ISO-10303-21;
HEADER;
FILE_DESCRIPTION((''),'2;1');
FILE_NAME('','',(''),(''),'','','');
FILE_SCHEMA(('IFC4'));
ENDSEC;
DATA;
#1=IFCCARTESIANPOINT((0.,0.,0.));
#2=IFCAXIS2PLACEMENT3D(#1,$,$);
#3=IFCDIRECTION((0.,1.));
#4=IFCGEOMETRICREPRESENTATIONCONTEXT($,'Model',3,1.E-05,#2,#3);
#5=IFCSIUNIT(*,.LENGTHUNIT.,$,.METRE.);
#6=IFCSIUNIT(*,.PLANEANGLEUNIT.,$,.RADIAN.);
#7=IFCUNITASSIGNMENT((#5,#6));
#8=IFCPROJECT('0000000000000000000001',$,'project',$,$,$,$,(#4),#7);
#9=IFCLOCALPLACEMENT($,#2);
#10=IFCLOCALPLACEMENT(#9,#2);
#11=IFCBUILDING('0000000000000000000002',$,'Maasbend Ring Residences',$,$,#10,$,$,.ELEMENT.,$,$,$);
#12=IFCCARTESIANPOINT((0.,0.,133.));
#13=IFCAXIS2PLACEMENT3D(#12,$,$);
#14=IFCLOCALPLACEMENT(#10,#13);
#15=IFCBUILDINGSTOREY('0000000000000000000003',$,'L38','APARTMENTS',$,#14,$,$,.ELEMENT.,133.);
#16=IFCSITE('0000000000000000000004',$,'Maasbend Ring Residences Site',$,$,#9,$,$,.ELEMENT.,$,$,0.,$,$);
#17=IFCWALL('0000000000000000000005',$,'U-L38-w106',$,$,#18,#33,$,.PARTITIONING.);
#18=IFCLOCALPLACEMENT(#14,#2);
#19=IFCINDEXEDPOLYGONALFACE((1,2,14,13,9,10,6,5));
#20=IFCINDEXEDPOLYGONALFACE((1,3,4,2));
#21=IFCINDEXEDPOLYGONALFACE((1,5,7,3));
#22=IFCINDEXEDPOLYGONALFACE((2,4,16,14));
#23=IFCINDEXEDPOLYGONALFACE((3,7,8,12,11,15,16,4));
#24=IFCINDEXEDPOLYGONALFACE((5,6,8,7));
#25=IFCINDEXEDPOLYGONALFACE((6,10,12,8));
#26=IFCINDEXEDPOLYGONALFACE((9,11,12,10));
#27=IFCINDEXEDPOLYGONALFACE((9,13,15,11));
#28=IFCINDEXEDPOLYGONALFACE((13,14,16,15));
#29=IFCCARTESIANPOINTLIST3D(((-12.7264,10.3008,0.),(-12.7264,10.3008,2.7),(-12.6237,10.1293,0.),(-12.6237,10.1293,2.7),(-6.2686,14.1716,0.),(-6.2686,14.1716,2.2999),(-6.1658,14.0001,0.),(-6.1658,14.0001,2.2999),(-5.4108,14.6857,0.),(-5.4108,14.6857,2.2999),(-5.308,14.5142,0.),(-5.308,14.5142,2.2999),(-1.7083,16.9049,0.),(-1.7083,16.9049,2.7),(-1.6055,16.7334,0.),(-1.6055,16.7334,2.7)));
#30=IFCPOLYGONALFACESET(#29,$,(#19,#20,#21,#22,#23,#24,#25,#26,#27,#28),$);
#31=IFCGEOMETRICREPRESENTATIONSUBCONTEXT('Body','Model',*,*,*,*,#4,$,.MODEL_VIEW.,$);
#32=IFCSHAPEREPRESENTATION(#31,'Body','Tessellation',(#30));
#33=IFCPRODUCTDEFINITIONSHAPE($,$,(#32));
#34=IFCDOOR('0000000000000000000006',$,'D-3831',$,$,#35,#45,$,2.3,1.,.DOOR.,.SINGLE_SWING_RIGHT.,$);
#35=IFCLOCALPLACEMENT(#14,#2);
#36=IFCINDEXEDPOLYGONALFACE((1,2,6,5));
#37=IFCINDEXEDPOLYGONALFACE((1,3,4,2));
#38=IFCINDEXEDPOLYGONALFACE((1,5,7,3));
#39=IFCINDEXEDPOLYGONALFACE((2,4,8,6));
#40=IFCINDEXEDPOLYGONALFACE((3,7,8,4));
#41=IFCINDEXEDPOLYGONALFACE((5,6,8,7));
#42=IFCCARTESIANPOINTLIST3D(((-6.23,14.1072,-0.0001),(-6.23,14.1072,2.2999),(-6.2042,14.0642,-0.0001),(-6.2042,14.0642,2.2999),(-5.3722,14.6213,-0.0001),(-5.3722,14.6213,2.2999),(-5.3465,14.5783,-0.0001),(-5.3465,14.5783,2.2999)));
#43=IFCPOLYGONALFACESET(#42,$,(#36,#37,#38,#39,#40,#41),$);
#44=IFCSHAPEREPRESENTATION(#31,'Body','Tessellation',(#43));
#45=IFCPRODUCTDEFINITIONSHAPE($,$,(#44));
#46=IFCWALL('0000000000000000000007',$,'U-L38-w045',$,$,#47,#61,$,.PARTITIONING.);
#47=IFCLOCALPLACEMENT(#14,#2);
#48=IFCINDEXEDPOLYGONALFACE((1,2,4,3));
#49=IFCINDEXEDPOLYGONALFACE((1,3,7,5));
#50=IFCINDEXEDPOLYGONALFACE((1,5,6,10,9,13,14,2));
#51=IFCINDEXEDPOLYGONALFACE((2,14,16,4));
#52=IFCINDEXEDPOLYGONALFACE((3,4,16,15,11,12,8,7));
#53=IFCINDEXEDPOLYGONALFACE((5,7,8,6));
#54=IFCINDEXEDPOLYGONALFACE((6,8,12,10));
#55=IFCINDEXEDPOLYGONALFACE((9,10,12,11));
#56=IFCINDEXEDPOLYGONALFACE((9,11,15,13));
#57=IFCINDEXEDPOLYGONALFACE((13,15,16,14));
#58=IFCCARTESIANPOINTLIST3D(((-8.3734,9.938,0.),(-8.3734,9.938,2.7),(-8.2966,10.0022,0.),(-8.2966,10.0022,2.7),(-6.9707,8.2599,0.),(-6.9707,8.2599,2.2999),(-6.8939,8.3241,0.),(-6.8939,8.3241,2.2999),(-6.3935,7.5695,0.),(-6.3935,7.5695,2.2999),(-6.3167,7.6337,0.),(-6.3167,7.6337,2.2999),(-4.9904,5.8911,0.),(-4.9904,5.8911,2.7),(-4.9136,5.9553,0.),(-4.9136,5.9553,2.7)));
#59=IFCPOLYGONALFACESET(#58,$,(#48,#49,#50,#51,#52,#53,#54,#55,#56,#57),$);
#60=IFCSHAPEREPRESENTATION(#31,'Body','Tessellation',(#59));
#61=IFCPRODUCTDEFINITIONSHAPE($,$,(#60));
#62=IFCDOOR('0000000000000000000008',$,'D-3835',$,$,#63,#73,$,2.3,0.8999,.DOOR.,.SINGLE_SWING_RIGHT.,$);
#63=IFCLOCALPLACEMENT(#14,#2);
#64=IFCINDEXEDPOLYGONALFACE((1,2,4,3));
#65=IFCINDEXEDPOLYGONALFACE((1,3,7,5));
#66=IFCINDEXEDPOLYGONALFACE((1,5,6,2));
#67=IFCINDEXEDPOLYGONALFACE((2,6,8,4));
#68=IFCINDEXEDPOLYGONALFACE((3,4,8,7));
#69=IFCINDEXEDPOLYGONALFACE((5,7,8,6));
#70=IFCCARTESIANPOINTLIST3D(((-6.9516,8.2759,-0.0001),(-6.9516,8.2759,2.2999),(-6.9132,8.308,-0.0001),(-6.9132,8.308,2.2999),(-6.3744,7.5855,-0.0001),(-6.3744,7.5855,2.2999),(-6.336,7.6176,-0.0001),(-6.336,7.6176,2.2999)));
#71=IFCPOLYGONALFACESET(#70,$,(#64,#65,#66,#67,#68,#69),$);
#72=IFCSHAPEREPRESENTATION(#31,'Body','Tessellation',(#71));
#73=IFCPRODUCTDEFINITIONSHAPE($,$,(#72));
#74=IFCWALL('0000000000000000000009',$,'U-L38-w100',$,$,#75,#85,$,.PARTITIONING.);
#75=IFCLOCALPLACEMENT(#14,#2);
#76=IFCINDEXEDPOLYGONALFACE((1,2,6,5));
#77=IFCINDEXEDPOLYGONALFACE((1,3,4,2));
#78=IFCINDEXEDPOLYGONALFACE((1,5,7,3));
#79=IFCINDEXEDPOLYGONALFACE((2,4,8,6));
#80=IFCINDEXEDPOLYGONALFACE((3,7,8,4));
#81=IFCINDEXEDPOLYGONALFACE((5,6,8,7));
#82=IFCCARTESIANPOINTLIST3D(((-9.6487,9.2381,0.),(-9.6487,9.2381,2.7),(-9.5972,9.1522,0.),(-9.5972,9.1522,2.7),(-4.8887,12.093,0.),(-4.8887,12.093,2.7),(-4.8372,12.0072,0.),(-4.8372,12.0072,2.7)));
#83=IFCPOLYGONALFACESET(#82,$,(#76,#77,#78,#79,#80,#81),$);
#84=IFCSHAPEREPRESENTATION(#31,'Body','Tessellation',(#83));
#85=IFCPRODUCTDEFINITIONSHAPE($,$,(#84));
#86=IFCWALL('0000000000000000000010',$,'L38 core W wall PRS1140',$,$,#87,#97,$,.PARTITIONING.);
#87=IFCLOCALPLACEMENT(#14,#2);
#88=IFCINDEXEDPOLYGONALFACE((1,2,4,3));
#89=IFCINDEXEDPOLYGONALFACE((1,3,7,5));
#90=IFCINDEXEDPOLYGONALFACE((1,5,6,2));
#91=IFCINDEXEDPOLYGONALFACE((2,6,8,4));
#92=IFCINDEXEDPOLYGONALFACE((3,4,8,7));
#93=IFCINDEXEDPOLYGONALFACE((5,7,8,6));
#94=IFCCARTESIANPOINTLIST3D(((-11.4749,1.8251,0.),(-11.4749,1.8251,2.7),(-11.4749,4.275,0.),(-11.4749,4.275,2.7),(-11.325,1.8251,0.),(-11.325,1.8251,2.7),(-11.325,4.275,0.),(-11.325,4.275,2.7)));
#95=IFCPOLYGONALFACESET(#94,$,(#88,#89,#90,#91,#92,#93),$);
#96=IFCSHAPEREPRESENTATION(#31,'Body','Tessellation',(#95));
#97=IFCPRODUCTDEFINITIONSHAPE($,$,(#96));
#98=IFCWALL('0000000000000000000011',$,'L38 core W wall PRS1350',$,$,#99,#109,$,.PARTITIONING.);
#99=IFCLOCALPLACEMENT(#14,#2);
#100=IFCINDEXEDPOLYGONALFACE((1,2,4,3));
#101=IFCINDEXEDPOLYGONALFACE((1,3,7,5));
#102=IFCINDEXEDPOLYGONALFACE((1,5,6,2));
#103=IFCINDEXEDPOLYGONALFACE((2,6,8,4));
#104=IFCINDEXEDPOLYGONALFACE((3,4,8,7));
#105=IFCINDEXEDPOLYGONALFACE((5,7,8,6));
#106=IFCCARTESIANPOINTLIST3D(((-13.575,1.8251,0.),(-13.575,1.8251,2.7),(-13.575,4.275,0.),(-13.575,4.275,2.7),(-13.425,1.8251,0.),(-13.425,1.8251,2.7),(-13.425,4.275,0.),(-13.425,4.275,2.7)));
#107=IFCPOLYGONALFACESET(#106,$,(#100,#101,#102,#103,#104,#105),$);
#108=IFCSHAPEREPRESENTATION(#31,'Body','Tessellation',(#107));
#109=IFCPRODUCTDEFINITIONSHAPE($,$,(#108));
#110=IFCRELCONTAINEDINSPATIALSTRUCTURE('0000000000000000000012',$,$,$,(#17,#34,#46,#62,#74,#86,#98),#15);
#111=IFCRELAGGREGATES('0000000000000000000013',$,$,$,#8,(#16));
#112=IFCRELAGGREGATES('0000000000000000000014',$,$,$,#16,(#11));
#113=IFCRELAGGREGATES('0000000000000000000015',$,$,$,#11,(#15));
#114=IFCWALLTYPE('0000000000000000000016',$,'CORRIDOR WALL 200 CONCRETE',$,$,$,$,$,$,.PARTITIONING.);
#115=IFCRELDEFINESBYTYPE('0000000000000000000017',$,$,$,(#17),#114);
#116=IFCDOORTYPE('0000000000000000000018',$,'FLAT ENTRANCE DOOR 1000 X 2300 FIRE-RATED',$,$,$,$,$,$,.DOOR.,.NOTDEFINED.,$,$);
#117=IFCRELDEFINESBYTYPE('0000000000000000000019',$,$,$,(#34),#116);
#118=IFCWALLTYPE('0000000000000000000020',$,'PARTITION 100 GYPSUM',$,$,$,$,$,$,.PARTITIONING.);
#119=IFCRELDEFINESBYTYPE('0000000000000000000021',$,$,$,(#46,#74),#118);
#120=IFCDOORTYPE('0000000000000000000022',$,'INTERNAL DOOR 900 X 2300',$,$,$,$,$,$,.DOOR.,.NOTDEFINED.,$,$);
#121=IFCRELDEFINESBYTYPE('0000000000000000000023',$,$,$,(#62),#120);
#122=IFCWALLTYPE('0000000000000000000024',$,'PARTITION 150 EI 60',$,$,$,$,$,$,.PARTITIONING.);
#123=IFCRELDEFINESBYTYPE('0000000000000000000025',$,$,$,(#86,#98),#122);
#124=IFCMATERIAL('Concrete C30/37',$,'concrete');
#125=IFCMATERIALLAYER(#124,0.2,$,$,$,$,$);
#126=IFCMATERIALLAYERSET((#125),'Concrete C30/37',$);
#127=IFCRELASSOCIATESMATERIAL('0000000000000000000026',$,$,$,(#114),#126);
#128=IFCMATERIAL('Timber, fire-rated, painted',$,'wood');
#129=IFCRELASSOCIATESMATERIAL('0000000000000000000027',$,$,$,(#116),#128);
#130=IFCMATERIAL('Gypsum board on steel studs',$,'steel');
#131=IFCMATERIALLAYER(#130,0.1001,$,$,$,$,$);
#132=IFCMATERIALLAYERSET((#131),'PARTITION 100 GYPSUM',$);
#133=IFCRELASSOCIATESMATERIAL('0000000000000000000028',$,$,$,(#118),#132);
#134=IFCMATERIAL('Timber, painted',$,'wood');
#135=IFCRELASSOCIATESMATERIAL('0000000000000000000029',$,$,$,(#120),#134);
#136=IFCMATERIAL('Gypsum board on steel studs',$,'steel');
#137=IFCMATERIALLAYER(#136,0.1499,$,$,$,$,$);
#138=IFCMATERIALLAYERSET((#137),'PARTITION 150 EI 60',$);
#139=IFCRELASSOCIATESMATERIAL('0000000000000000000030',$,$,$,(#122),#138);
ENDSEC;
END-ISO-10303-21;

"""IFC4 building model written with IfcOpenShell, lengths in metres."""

from ifc_helpers import new_model, si_unit, direction, frame, frame_2d, origin, place, context, subcontext, project, spatial, rectangle, extrude, material, layer, layer_set, type_object, element, fill, save


model = new_model("IFC4")

# Units and contexts
model_context = context("Model", 3, precision=1e-05, world=origin(), true_north=direction((0.0, 1.0)))
body_context = subcontext(model_context, "Body", "Model", "MODEL_VIEW")
ifc_project = project(units=[si_unit("LENGTHUNIT", "METRE"), si_unit("PLANEANGLEUNIT", "RADIAN")], contexts=[model_context])

# Site, building, storey
site_placement = place(None, origin())
site = spatial("IfcSite", under=ifc_project, at=site_placement, Name="Maasbend Ring Residences Site", CompositionType="ELEMENT", RefElevation=0.0)
building_placement = place(site_placement, origin())
building = spatial("IfcBuilding", under=site, at=building_placement, Name="Maasbend Ring Residences", CompositionType="ELEMENT")
storey_placement = place(building_placement, frame((0.0, 0.0, 133.0)))
storey = spatial("IfcBuildingStorey", under=building, at=storey_placement, Name="L38", Description="APARTMENTS", CompositionType="ELEMENT", Elevation=133.0)

# Walls, openings, doors
ifc_material_1 = material(Name="Concrete C30/37", Category="concrete")
ifc_layer_1 = layer(ifc_material_1, 0.2)
ifc_layer_set_1 = layer_set([ifc_layer_1], Name="Concrete C30/37")
wall_type_1 = type_object("IfcWallType", Name="CORRIDOR WALL 200 CONCRETE", PredefinedType="PARTITIONING", material=ifc_layer_set_1)
wall_1_placement = place(storey_placement, frame((-12.675, 10.2151, 0.0), z_axis=(0.0, 0.0, 1.0), x_axis=(0.857728, 0.514104, 0.0)))
wall_1 = element("IfcWall", 1, at=wall_1_placement, inside=storey, type_object=wall_type_1, Name="U-L38-w106", PredefinedType="PARTITIONING", context=body_context, shape_type="SweptSolid", body=[
    extrude(rectangle(XDim=12.8457, YDim=0.2, at=frame_2d((6.4229, 0.0))), origin(), (0.0, 0.0, 1.0), 2.7),
])
opening_1_placement = place(wall_1_placement, frame((7.5291, 0.0, 0.0)))
opening_1 = element("IfcOpeningElement", 2, at=opening_1_placement, cuts=wall_1, PredefinedType="OPENING", context=body_context, shape_type="SweptSolid", body=[
    extrude(rectangle(XDim=1.0, YDim=2.3, at=frame_2d((0.5, 1.1499))), frame((0.0, 0.1099, 0.0), z_axis=(0.0, -1.0, 0.0), x_axis=(1.0, 0.0, 0.0)), (0.0, 0.0, 1.0), 0.22),
])
ifc_material_2 = material(Name="Timber, fire-rated, painted", Category="wood")
door_type_1 = type_object("IfcDoorType", Name="FLAT ENTRANCE DOOR 1000 X 2300 FIRE-RATED", OperationType="NOTDEFINED", PredefinedType="DOOR", material=ifc_material_2)
door_1_placement = place(opening_1_placement, origin())
door_1 = element("IfcDoor", 3, at=door_1_placement, inside=storey, type_object=door_type_1, Name="D-3831", OperationType="SINGLE_SWING_RIGHT", OverallHeight=2.3, OverallWidth=1.0, PredefinedType="DOOR", context=body_context, shape_type="SweptSolid", body=[
    extrude(rectangle(XDim=1.0, YDim=2.3, at=frame_2d((0.5, 1.1499))), frame((0.0, 0.0249, 0.0), z_axis=(0.0, -1.0, 0.0), x_axis=(1.0, 0.0, 0.0)), (0.0, 0.0, 1.0), 0.05),
])
fill(opening_1, door_1)
ifc_material_3 = material(Name="Gypsum board on steel studs", Category="steel")
ifc_layer_2 = layer(ifc_material_3, 0.1001)
ifc_layer_set_2 = layer_set([ifc_layer_2], Name="PARTITION 100 GYPSUM")
wall_type_2 = type_object("IfcWallType", Name="PARTITION 100 GYPSUM", PredefinedType="PARTITIONING", material=ifc_layer_set_2)
wall_2_placement = place(storey_placement, frame((-8.335, 9.97, 0.0), z_axis=(0.0, 0.0, 1.0), x_axis=(0.641376, -0.767226, 0.0)))
wall_2 = element("IfcWall", 4, at=wall_2_placement, inside=storey, type_object=wall_type_2, Name="U-L38-w045", PredefinedType="PARTITIONING", context=body_context, shape_type="SweptSolid", body=[
    extrude(rectangle(XDim=5.2747, YDim=0.1001, at=frame_2d((2.6372, 0.0))), origin(), (0.0, 0.0, 1.0), 2.7),
])
opening_2_placement = place(wall_2_placement, frame((2.187, 0.0, 0.0)))
opening_2 = element("IfcOpeningElement", 5, at=opening_2_placement, cuts=wall_2, PredefinedType="OPENING", context=body_context, shape_type="SweptSolid", body=[
    extrude(rectangle(XDim=0.8999, YDim=2.3, at=frame_2d((0.45, 1.1499))), frame((0.0, 0.0601, 0.0), z_axis=(0.0, -1.0, 0.0), x_axis=(1.0, 0.0, 0.0)), (0.0, 0.0, 1.0), 0.1201),
])
ifc_material_4 = material(Name="Timber, painted", Category="wood")
door_type_2 = type_object("IfcDoorType", Name="INTERNAL DOOR 900 X 2300", OperationType="NOTDEFINED", PredefinedType="DOOR", material=ifc_material_4)
door_2_placement = place(opening_2_placement, origin())
door_2 = element("IfcDoor", 6, at=door_2_placement, inside=storey, type_object=door_type_2, Name="D-3835", OperationType="SINGLE_SWING_RIGHT", OverallHeight=2.3, OverallWidth=0.8999, PredefinedType="DOOR", context=body_context, shape_type="SweptSolid", body=[
    extrude(rectangle(XDim=0.8999, YDim=2.3, at=frame_2d((0.45, 1.1499))), frame((0.0, 0.0249, 0.0), z_axis=(0.0, -1.0, 0.0), x_axis=(1.0, 0.0, 0.0)), (0.0, 0.0, 1.0), 0.05),
])
fill(opening_2, door_2)

# Walls
wall_3_placement = place(storey_placement, frame((-9.623, 9.1951, 0.0), z_axis=(0.0, 0.0, 1.0), x_axis=(0.857574, 0.51436, 0.0)))
element("IfcWall", 7, at=wall_3_placement, inside=storey, type_object=wall_type_2, Name="U-L38-w100", PredefinedType="PARTITIONING", context=body_context, shape_type="SweptSolid", body=[
    extrude(rectangle(XDim=5.5505, YDim=0.1001, at=frame_2d((2.7754, 0.0))), origin(), (0.0, 0.0, 1.0), 2.7),
])
ifc_material_5 = material(Name="Gypsum board on steel studs", Category="steel")
ifc_layer_3 = layer(ifc_material_5, 0.1499)
ifc_layer_set_3 = layer_set([ifc_layer_3], Name="PARTITION 150 EI 60")
wall_type_3 = type_object("IfcWallType", Name="PARTITION 150 EI 60", PredefinedType="PARTITIONING", material=ifc_layer_set_3)
for number, where, z_axis, x_axis, name in (
    (8, (-11.3999, 1.825, 0.0), (0.0, 0.0, 1.0), (0.0, 1.0, 0.0), "L38 core W wall PRS1140"),
    (9, (-13.5, 1.825, 0.0), (0.0, 0.0, 1.0), (0.0, 1.0, 0.0), "L38 core W wall PRS1350"),
):
    element("IfcWall", number, at=place(storey_placement, frame(where, z_axis=z_axis, x_axis=x_axis)), inside=storey, type_object=wall_type_3, Name=name, PredefinedType="PARTITIONING", context=body_context, shape_type="SweptSolid", body=[
        extrude(rectangle(XDim=2.45, YDim=0.1499, at=frame_2d((1.2251, 0.0))), origin(), (0.0, 0.0, 1.0), 2.7),
    ])

save(model, "model.ifc")
